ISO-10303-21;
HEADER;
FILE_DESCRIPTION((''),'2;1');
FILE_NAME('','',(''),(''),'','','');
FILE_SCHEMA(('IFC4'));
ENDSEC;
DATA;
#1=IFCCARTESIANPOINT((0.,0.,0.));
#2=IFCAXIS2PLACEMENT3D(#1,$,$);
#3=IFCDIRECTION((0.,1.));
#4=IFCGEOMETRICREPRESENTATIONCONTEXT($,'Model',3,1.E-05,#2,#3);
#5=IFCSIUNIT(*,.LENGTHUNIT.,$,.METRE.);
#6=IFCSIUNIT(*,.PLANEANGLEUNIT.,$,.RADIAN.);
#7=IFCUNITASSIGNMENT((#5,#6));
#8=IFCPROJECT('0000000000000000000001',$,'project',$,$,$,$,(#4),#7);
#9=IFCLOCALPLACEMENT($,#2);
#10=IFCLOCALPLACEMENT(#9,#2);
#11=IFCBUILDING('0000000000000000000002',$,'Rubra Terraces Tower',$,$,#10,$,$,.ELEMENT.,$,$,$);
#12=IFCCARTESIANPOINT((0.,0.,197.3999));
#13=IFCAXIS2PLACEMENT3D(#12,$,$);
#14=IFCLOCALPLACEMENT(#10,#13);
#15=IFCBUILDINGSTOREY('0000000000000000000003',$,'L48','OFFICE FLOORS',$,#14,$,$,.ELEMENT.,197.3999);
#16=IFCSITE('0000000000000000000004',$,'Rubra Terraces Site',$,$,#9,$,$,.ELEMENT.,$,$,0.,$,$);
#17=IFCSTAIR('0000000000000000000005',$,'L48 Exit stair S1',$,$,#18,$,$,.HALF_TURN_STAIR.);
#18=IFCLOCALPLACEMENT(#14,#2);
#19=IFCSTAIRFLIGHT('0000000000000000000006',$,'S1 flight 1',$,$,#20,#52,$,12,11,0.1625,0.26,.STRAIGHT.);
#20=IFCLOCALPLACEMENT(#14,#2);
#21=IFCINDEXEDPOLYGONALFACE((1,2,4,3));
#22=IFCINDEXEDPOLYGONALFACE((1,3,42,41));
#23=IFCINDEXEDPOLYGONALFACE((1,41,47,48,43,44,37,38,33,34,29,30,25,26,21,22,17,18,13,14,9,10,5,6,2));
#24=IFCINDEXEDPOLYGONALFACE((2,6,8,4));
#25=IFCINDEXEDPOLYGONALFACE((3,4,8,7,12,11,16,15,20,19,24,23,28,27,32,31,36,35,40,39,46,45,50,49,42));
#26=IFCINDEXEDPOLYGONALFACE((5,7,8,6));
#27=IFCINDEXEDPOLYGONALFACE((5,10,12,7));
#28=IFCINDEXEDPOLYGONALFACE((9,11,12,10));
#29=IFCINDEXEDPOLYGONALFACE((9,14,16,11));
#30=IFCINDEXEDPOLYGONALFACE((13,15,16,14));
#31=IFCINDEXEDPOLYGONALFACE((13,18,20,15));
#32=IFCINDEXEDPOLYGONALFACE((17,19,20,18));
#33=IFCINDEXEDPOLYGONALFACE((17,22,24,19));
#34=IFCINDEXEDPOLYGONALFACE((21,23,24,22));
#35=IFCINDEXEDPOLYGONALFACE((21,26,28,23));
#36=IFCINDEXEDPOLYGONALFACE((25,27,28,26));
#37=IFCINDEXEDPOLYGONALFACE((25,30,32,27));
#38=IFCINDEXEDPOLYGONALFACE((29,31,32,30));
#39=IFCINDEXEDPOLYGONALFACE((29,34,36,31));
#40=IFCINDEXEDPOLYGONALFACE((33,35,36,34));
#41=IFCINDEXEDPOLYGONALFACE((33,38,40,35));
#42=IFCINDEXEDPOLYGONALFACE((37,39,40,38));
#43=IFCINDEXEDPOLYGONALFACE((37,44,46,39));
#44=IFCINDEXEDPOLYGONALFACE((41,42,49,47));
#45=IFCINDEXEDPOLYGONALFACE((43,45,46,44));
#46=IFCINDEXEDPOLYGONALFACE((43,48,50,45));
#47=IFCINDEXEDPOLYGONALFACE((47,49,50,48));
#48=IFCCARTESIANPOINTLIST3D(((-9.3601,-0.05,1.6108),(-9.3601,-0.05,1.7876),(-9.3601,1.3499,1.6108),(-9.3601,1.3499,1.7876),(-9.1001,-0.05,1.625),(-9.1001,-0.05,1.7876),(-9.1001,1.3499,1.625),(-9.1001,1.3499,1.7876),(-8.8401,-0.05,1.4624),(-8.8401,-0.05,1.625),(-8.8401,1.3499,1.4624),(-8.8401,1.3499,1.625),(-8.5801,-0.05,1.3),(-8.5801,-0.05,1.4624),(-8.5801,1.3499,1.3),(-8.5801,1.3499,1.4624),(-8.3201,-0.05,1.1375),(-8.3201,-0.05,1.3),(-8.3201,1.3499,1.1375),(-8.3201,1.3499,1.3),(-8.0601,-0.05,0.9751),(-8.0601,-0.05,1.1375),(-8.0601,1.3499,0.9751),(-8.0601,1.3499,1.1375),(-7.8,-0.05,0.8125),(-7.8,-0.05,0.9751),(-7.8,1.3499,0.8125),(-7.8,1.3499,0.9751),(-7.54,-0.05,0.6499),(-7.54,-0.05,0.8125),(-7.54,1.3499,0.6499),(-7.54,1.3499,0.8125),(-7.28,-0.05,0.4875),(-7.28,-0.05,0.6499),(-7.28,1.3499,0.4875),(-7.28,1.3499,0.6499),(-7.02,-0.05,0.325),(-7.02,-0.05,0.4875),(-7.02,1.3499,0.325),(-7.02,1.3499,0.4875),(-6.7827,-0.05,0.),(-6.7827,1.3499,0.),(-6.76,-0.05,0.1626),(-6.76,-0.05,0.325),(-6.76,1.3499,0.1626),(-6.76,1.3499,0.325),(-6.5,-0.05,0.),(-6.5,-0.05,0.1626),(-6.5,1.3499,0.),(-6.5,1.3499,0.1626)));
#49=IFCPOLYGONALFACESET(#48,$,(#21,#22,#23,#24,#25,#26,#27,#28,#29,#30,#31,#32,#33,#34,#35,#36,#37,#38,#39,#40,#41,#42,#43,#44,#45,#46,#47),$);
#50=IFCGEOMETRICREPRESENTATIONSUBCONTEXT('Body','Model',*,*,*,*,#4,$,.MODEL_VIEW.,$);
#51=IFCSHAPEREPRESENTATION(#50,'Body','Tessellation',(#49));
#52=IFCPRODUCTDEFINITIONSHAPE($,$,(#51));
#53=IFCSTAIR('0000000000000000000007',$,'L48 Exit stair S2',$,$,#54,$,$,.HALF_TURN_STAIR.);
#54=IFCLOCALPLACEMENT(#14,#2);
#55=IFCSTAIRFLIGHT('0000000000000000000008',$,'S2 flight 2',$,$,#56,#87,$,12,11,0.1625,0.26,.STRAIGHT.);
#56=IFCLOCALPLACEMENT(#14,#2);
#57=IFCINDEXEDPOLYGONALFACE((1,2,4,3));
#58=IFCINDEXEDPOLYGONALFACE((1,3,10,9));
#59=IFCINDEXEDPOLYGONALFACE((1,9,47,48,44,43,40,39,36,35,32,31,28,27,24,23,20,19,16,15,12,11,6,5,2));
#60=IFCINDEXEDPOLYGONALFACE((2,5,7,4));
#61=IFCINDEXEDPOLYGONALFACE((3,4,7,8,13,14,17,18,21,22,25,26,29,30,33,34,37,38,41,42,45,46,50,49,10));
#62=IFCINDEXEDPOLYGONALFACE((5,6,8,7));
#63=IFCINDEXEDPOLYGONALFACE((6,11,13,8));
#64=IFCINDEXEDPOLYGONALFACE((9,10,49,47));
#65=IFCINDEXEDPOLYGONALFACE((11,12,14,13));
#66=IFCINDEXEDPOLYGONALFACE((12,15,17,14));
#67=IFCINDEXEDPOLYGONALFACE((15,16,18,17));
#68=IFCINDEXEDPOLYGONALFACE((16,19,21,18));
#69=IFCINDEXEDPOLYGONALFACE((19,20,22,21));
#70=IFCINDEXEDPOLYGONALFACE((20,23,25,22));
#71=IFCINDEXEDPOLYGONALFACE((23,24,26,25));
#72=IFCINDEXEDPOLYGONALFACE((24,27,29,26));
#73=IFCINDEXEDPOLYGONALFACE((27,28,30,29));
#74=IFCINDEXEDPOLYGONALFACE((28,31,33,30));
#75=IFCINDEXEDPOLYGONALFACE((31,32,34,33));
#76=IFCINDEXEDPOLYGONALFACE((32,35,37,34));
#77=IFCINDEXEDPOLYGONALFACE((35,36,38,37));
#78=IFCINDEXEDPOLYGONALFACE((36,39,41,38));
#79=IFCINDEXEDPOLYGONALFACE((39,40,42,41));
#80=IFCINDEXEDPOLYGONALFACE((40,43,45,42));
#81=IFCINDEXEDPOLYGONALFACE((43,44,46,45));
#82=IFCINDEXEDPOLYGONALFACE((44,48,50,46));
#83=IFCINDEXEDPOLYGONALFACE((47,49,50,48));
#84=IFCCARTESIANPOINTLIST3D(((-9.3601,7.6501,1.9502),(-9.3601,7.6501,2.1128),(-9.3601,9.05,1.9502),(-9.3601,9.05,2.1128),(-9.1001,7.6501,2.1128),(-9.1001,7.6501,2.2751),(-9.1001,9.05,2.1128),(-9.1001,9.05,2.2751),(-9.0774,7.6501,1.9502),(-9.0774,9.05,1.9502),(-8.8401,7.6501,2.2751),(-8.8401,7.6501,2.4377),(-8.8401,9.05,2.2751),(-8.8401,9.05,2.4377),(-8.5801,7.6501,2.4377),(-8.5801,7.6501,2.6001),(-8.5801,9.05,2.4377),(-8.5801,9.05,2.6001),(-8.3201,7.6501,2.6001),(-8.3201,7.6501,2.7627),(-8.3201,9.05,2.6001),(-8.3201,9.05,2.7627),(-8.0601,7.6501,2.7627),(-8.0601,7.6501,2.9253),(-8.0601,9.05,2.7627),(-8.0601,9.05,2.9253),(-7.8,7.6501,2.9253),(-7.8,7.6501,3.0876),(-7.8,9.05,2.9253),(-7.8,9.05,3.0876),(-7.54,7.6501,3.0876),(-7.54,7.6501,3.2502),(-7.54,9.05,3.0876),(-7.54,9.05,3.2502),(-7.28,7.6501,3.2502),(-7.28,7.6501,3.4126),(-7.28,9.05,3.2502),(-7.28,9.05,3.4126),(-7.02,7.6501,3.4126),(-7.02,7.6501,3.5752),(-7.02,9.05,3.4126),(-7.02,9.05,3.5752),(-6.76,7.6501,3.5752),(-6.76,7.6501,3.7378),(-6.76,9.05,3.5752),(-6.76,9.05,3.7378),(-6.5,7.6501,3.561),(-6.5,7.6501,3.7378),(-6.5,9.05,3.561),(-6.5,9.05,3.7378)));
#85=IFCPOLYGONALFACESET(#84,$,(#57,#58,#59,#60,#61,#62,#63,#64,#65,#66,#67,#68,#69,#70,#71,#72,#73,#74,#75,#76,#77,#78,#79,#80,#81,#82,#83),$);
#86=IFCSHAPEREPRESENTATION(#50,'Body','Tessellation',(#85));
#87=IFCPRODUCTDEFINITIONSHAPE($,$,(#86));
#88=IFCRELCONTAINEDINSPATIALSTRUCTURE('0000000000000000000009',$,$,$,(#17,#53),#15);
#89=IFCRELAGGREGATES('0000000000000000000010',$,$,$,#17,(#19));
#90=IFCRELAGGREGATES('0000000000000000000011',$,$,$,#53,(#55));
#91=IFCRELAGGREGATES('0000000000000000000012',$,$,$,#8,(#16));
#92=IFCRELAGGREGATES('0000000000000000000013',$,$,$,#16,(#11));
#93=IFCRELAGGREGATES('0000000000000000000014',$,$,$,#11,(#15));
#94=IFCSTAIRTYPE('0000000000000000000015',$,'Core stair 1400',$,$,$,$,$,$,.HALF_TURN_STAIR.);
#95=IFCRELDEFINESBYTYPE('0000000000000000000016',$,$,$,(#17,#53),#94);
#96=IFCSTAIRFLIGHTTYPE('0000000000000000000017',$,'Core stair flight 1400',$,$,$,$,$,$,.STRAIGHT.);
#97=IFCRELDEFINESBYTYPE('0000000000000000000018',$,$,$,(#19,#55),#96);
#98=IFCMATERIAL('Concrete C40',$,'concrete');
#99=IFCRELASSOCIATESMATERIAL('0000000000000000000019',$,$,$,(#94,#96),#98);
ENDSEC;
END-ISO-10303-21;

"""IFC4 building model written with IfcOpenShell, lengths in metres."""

from ifc_helpers import new_model, si_unit, direction, frame, origin, place, context, subcontext, project, spatial, polyline, outline, extrude, material, type_object, element, aggregate, save


model = new_model("IFC4")

# Units and contexts
model_context = context("Model", 3, precision=1e-05, world=origin(), true_north=direction((0.0, 1.0)))
body_context = subcontext(model_context, "Body", "Model", "MODEL_VIEW")
ifc_project = project(units=[si_unit("LENGTHUNIT", "METRE"), si_unit("PLANEANGLEUNIT", "RADIAN")], contexts=[model_context])

# Site, building, storey
site_placement = place(None, origin())
site = spatial("IfcSite", under=ifc_project, at=site_placement, Name="Rubra Terraces Site", CompositionType="ELEMENT", RefElevation=0.0)
building_placement = place(site_placement, origin())
building = spatial("IfcBuilding", under=site, at=building_placement, Name="Rubra Terraces Tower", CompositionType="ELEMENT")
storey_placement = place(building_placement, frame((0.0, 0.0, 197.3999)))
storey = spatial("IfcBuildingStorey", under=building, at=storey_placement, Name="L48", Description="OFFICE FLOORS", CompositionType="ELEMENT", Elevation=197.3999)

# Shared definitions
ifc_material_1 = material(Name="Concrete C40", Category="concrete")

# Stairs, stair flights
stair_type = type_object("IfcStairType", Name="Core stair 1400", PredefinedType="HALF_TURN_STAIR", material=ifc_material_1)
stair_1_placement = place(storey_placement, origin())
stair_1 = element("IfcStair", 1, at=stair_1_placement, inside=storey, type_object=stair_type, Name="L48 Exit stair S1", PredefinedType="HALF_TURN_STAIR")
stair_flight_type = type_object("IfcStairFlightType", Name="Core stair flight 1400", PredefinedType="STRAIGHT", material=ifc_material_1)
stair_flight_1_placement = place(storey_placement, frame((-6.5, 0.6499, 0.0), z_axis=(0.0, 0.0, 1.0), x_axis=(-1.0, 0.0, 0.0)))
stair_flight_1 = element("IfcStairFlight", 2, at=stair_flight_1_placement, type_object=stair_flight_type, Name="S1 flight 1", NumberOfRisers=12, NumberOfTreads=11, PredefinedType="STRAIGHT", RiserHeight=0.1625, TreadLength=0.26, context=body_context, shape_type="SweptSolid", body=[
    extrude(outline(polyline([(0.0, 0.0), (0.0, 0.1626), (0.26, 0.1626), (0.26, 0.325), (0.52, 0.325), (0.52, 0.4875), (0.78, 0.4875), (0.78, 0.6499), (1.04, 0.6499), (1.04, 0.8125), (1.3, 0.8125), (1.3, 0.9751), (1.5601, 0.9751), (1.5601, 1.1375), (1.8201, 1.1375), (1.8201, 1.3), (2.0801, 1.3), (2.0801, 1.4624), (2.3401, 1.4624), (2.3401, 1.625), (2.6001, 1.625), (2.6001, 1.7876), (2.8601, 1.7876), (2.8601, 1.95), (2.8601, 1.6108), (0.2827, 0.0), (0.0, 0.0)])), frame((0.0, 0.7, 0.0), z_axis=(0.0, -1.0, 0.0), x_axis=(1.0, 0.0, 0.0)), (0.0, 0.0, 1.0), 1.3999),
])
aggregate(stair_1, [stair_flight_1])
stair_2_placement = place(storey_placement, origin())
stair_2 = element("IfcStair", 3, at=stair_2_placement, inside=storey, type_object=stair_type, Name="L48 Exit stair S2", PredefinedType="HALF_TURN_STAIR")
stair_flight_2_placement = place(storey_placement, frame((-9.3601, 8.3501, 1.9502), z_axis=(0.0, 0.0, 1.0), x_axis=(1.0, 0.0, 0.0)))
stair_flight_2 = element("IfcStairFlight", 4, at=stair_flight_2_placement, type_object=stair_flight_type, Name="S2 flight 2", NumberOfRisers=12, NumberOfTreads=11, PredefinedType="STRAIGHT", RiserHeight=0.1625, TreadLength=0.26, context=body_context, shape_type="SweptSolid", body=[
    extrude(outline(polyline([(0.0, 0.0), (0.0, 0.1626), (0.26, 0.1626), (0.26, 0.325), (0.52, 0.325), (0.52, 0.4875), (0.78, 0.4875), (0.78, 0.6499), (1.04, 0.6499), (1.04, 0.8125), (1.3, 0.8125), (1.3, 0.9751), (1.5601, 0.9751), (1.5601, 1.1375), (1.8201, 1.1375), (1.8201, 1.3), (2.0801, 1.3), (2.0801, 1.4624), (2.3401, 1.4624), (2.3401, 1.625), (2.6001, 1.625), (2.6001, 1.7876), (2.8601, 1.7876), (2.8601, 1.95), (2.8601, 1.6108), (0.2827, 0.0), (0.0, 0.0)])), frame((0.0, 0.7, 0.0), z_axis=(0.0, -1.0, 0.0), x_axis=(1.0, 0.0, 0.0)), (0.0, 0.0, 1.0), 1.3999),
])
aggregate(stair_2, [stair_flight_2])

save(model, "model.ifc")
